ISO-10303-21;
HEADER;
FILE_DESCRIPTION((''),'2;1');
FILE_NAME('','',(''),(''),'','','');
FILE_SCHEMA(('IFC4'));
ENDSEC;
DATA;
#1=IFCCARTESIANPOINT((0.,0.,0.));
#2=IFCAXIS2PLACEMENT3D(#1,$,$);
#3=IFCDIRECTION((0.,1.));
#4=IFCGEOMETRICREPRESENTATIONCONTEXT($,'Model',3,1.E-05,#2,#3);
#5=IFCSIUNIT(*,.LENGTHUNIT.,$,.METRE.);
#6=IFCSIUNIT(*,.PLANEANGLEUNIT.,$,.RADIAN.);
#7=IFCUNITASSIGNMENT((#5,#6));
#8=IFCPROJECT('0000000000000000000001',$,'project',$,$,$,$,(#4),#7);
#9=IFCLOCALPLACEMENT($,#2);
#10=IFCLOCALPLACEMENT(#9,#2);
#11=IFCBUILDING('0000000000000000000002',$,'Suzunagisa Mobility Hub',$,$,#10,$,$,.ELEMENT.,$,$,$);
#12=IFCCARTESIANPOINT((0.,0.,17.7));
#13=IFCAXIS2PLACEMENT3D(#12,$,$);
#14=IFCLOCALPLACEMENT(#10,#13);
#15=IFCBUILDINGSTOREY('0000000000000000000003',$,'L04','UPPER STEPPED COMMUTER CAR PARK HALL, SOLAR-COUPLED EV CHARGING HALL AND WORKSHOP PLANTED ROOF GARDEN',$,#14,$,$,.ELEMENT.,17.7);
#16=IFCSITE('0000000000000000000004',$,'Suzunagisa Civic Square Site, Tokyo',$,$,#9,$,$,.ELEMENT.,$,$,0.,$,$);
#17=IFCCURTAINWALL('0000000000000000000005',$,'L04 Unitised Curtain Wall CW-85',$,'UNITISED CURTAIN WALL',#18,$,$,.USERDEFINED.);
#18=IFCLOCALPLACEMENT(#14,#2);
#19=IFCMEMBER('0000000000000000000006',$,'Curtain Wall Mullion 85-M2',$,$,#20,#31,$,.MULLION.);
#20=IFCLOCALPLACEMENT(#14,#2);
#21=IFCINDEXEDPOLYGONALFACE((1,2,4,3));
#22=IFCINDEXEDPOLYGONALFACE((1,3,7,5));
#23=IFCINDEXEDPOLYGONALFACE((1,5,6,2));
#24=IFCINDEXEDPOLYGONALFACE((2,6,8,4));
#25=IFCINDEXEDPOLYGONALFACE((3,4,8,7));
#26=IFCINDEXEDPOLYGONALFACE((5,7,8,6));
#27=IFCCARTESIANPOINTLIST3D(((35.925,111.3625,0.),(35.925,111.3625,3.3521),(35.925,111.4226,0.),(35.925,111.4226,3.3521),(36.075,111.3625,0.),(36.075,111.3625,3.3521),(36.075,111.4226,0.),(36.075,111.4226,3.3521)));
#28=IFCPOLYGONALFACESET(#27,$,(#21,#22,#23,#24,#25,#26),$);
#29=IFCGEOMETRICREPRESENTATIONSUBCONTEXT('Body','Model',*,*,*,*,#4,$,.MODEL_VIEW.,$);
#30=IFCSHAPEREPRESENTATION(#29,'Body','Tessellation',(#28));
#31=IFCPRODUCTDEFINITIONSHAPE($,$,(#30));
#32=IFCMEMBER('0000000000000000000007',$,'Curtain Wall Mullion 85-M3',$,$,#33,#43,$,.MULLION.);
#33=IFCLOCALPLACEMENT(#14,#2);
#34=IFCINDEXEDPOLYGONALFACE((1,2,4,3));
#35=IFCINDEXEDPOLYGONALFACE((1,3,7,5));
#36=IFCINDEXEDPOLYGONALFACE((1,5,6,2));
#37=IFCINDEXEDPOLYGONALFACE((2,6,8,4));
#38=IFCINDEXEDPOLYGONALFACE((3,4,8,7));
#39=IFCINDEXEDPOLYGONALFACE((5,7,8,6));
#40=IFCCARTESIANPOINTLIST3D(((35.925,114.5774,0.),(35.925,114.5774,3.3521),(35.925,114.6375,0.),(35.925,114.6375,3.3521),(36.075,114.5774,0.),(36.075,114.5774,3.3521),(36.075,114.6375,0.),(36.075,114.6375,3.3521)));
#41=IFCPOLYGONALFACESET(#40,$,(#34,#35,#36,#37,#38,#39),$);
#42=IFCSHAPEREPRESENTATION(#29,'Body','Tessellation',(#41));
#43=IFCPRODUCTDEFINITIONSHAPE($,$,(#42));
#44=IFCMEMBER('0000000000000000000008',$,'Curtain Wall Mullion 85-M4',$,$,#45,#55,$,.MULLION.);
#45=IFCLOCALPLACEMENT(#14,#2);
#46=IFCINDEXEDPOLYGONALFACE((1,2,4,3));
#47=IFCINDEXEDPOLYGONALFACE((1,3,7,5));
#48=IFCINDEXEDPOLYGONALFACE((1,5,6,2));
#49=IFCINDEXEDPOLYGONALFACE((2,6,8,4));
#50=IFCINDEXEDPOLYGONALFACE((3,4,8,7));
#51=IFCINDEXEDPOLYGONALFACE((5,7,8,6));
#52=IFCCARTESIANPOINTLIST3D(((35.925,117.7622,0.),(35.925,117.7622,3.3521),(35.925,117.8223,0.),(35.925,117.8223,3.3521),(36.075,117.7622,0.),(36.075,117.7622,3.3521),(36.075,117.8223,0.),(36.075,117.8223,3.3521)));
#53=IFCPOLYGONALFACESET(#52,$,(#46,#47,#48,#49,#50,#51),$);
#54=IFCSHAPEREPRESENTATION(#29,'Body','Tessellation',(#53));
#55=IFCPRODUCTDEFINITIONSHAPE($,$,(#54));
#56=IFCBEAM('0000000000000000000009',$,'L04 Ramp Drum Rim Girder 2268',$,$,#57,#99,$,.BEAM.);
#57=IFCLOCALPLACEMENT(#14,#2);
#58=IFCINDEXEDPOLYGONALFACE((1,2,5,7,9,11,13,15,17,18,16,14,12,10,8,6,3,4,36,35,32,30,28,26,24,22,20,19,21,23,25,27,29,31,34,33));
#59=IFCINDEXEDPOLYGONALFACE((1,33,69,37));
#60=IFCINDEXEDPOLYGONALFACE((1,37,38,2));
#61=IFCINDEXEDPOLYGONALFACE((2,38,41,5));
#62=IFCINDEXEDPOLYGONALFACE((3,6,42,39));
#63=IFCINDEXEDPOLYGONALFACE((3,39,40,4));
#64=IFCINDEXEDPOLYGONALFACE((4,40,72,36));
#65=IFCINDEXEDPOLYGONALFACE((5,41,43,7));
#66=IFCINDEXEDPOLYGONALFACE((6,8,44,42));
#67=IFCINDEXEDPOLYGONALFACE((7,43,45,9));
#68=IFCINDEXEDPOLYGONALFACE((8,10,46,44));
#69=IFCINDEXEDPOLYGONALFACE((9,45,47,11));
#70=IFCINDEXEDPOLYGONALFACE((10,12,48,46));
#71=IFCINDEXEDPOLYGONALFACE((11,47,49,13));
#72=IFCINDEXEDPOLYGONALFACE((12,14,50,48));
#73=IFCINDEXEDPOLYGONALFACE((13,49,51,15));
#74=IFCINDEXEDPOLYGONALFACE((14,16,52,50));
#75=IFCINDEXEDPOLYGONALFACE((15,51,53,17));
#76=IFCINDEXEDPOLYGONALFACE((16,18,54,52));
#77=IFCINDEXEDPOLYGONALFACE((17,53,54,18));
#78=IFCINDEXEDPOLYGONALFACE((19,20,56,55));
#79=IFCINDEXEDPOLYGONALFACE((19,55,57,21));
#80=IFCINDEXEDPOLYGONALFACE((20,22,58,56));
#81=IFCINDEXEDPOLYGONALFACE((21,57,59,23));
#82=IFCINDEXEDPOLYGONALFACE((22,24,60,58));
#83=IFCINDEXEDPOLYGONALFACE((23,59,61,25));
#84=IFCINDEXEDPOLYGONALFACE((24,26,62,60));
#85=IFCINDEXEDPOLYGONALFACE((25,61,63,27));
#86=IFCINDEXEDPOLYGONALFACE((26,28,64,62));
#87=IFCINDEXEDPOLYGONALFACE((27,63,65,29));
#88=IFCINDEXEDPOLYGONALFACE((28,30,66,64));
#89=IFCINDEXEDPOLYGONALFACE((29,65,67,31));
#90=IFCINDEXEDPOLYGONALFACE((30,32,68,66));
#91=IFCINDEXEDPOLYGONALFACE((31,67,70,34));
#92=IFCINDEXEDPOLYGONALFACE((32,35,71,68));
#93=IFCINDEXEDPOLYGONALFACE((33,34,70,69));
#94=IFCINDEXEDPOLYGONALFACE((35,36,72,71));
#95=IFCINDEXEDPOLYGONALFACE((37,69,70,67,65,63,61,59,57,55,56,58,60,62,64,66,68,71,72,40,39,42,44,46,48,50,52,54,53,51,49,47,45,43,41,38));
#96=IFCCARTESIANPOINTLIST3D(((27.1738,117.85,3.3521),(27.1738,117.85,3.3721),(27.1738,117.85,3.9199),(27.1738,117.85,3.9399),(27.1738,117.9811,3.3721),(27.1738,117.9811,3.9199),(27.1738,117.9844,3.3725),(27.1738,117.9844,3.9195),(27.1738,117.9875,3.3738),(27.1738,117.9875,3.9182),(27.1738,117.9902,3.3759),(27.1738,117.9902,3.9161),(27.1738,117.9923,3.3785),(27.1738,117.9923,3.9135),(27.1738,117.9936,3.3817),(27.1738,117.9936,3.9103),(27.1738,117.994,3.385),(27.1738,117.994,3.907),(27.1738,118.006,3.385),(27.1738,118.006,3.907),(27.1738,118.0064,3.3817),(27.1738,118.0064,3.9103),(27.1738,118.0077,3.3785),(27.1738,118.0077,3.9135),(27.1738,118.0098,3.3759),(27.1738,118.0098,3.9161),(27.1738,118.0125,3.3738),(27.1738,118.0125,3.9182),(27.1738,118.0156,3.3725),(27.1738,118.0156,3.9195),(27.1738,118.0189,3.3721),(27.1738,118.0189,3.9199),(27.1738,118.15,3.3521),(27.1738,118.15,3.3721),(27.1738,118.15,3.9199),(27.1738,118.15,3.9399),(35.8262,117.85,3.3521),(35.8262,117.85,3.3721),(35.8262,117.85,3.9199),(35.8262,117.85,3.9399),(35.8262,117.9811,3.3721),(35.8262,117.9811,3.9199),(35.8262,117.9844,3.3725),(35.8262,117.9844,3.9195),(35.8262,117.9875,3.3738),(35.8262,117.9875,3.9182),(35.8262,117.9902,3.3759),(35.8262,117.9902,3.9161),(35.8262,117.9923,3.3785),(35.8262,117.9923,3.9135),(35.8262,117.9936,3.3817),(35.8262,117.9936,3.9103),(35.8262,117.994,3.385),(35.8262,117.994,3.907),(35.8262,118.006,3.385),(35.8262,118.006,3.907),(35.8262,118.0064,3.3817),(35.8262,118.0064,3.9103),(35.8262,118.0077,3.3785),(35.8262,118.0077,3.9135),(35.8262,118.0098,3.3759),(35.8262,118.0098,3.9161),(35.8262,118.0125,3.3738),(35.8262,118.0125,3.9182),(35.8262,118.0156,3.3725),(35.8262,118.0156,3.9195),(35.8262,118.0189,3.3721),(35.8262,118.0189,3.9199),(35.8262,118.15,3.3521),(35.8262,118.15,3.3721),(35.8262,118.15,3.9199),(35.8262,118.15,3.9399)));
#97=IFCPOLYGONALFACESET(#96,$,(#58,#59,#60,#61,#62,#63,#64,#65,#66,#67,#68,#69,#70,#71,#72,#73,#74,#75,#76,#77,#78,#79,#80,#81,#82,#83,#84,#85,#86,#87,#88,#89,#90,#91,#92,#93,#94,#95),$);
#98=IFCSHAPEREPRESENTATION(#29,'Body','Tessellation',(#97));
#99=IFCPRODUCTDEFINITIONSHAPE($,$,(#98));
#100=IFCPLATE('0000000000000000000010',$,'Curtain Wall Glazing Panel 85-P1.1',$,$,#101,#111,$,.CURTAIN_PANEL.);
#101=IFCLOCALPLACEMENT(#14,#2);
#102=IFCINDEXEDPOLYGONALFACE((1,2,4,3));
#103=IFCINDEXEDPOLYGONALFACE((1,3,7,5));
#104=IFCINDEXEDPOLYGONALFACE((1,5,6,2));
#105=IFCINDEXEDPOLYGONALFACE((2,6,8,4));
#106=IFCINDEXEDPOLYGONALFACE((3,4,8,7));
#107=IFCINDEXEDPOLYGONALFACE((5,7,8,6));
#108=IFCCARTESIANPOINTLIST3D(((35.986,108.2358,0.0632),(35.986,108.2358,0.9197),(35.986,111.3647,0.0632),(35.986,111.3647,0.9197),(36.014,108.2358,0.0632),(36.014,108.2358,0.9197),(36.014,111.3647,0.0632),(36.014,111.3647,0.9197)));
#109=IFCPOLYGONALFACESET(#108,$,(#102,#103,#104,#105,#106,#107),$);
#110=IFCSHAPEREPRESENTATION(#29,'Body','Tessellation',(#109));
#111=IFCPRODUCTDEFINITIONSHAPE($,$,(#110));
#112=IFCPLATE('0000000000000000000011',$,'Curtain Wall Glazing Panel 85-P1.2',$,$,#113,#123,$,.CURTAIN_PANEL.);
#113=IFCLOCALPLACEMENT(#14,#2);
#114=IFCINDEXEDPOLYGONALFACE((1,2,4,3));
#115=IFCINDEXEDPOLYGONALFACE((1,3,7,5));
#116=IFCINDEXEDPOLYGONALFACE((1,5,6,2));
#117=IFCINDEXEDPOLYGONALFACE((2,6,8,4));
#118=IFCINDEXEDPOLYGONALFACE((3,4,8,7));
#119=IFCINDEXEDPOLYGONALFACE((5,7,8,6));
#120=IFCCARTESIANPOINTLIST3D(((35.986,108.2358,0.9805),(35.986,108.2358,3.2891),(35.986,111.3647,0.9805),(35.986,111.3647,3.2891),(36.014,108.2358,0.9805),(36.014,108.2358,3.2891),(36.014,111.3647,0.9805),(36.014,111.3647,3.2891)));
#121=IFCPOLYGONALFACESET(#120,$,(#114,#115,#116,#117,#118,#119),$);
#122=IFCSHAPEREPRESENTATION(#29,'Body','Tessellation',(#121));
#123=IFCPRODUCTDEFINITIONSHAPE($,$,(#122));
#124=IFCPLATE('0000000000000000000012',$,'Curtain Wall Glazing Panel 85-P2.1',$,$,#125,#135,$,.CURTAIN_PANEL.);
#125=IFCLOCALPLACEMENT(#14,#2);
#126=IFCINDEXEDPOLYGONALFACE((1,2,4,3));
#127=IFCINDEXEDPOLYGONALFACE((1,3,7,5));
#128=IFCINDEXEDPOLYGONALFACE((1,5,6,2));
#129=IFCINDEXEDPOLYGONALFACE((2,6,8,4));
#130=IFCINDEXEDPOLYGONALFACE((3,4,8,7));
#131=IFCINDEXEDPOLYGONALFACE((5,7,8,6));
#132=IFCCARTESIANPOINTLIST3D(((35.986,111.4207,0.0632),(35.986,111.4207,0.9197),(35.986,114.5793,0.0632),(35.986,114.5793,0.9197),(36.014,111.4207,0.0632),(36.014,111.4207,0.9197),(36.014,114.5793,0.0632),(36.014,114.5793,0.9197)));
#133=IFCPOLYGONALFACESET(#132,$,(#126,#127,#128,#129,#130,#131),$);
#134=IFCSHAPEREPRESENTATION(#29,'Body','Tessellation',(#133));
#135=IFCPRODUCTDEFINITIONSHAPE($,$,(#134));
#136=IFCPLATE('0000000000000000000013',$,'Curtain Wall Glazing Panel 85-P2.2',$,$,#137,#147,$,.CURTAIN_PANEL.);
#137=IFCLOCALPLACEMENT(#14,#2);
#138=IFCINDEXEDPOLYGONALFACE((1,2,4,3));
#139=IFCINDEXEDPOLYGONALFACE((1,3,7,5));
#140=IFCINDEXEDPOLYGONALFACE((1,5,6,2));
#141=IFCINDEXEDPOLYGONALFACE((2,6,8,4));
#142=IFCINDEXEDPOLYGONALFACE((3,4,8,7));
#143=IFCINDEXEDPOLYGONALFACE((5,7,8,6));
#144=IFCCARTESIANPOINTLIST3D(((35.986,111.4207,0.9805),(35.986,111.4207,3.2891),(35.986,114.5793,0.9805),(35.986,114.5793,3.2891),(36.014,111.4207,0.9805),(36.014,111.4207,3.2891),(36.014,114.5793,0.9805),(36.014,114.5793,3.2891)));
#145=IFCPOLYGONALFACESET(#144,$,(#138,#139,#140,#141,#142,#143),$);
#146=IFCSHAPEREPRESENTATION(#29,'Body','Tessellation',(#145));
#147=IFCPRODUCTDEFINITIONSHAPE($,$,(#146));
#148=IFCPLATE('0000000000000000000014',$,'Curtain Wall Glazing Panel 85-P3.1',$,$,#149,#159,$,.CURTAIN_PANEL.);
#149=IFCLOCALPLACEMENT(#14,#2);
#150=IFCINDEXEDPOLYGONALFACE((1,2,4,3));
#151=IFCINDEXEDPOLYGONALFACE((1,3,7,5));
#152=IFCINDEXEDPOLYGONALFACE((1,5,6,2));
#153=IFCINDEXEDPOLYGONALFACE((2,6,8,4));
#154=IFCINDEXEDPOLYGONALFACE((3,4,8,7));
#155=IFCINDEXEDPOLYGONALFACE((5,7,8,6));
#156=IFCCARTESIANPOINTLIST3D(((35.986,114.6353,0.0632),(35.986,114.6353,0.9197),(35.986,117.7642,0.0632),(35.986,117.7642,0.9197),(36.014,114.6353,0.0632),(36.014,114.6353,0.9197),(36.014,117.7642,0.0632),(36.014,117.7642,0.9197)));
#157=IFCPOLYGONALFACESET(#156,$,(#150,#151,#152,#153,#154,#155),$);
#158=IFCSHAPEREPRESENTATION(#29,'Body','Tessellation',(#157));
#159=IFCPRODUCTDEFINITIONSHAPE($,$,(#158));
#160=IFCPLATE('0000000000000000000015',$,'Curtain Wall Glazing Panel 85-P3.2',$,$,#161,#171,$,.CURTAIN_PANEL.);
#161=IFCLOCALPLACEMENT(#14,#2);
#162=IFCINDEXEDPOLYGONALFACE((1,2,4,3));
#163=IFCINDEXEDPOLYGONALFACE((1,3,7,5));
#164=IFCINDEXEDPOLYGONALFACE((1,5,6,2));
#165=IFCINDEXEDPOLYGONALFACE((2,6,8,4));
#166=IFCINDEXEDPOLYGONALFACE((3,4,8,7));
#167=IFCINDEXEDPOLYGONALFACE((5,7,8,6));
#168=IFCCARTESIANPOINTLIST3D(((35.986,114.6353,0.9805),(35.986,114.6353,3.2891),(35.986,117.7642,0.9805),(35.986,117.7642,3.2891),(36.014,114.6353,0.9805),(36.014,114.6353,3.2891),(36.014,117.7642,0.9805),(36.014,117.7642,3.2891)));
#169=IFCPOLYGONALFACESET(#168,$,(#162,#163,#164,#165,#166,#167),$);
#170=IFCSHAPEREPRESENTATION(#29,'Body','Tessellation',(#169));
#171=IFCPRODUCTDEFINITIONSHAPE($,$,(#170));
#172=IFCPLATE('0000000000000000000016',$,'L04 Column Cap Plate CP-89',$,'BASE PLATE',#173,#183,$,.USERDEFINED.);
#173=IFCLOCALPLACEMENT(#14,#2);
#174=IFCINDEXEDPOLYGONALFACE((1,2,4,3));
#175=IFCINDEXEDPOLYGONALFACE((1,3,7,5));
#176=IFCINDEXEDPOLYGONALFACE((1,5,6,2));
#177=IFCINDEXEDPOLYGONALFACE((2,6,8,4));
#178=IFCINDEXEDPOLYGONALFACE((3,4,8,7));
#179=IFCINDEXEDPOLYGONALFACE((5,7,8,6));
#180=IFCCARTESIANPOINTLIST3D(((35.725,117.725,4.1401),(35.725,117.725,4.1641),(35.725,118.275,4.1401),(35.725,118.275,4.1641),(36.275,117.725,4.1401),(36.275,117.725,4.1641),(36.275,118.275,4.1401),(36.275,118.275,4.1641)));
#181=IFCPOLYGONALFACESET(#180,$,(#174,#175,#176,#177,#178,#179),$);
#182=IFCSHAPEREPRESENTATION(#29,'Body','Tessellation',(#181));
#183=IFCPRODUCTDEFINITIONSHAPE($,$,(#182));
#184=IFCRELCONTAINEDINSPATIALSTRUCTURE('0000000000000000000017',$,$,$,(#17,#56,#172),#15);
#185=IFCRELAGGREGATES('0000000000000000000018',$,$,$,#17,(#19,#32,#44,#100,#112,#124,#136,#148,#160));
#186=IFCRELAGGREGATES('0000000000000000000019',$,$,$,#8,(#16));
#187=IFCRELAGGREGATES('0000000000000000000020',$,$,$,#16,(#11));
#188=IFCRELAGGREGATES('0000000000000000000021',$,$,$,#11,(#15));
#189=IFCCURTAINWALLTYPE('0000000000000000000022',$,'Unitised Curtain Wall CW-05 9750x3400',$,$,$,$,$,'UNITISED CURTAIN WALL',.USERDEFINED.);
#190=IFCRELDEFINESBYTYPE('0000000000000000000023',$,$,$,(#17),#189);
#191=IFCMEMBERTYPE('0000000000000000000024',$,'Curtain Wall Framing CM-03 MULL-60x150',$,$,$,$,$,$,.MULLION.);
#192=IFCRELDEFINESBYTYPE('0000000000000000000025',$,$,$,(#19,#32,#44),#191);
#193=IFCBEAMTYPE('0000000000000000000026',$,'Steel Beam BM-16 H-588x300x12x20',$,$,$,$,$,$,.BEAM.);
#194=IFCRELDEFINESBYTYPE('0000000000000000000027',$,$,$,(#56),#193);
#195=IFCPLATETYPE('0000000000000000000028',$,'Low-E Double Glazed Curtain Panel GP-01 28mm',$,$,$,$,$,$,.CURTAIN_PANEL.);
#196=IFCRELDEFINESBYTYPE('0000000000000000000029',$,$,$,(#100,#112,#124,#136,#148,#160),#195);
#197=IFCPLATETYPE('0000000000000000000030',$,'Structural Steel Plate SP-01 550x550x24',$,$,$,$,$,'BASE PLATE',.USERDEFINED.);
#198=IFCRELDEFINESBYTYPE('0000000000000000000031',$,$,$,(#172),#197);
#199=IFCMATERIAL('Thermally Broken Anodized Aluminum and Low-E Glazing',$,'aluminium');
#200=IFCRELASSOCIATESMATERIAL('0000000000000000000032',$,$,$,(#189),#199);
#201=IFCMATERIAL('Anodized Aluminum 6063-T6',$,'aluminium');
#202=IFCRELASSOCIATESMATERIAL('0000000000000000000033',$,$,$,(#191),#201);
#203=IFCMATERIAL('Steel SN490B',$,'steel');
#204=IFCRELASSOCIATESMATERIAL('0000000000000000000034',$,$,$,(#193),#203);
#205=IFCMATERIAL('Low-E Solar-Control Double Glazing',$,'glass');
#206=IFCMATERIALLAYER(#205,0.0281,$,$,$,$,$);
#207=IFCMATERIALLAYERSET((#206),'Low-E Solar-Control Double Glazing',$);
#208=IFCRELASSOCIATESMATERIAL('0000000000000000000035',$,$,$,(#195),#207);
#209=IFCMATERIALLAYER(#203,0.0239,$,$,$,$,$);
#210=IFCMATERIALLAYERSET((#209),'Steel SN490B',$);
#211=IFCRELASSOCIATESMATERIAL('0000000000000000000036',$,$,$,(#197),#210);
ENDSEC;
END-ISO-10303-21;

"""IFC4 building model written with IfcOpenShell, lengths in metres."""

from ifc_helpers import new_model, si_unit, direction, frame, origin, origin_2d, place, context, subcontext, project, spatial, rectangle, i_section, extrude, material, layer, layer_set, material_profile, profile_set, type_object, element, aggregate, save


model = new_model("IFC4")

# Units and contexts
model_context = context("Model", 3, precision=1e-05, world=origin(), true_north=direction((0.0, 1.0)))
body_context = subcontext(model_context, "Body", "Model", "MODEL_VIEW")
ifc_project = project(units=[si_unit("LENGTHUNIT", "METRE"), si_unit("PLANEANGLEUNIT", "RADIAN")], contexts=[model_context])

# Site, building, storey
site_placement = place(None, origin())
site = spatial("IfcSite", under=ifc_project, at=site_placement, Name="Suzunagisa Civic Square Site, Tokyo", CompositionType="ELEMENT", RefElevation=0.0)
building_placement = place(site_placement, origin())
building = spatial("IfcBuilding", under=site, at=building_placement, Name="Suzunagisa Mobility Hub", CompositionType="ELEMENT")
storey_placement = place(building_placement, frame((0.0, 0.0, 17.7)))
storey = spatial("IfcBuildingStorey", under=building, at=storey_placement, Name="L04", Description="UPPER STEPPED COMMUTER CAR PARK HALL, SOLAR-COUPLED EV CHARGING HALL AND WORKSHOP PLANTED ROOF GARDEN", CompositionType="ELEMENT", Elevation=17.7)

# Shared definitions
ifc_material_1 = material(Name="Steel SN490B", Category="steel")

# Curtain wall, members
ifc_material_2 = material(Name="Thermally Broken Anodized Aluminum and Low-E Glazing", Category="aluminium")
curtain_wall_type = type_object("IfcCurtainWallType", Name="Unitised Curtain Wall CW-05 9750x3400", ElementType="UNITISED CURTAIN WALL", PredefinedType="USERDEFINED", material=ifc_material_2)
curtain_wall_placement = place(storey_placement, origin())
curtain_wall = element("IfcCurtainWall", 1, at=curtain_wall_placement, inside=storey, type_object=curtain_wall_type, Name="L04 Unitised Curtain Wall CW-85", ObjectType="UNITISED CURTAIN WALL", PredefinedType="USERDEFINED")
ifc_material_3 = material(Name="Anodized Aluminum 6063-T6", Category="aluminium")
ifc_material_profile_1 = material_profile(ifc_material_3, rectangle(XDim=0.0601, YDim=0.1499, at=origin_2d()), Name="MULL-60x150")
ifc_profile_set_1 = profile_set([ifc_material_profile_1], Name="Anodized Aluminum 6063-T6")
member_type_1 = type_object("IfcMemberType", Name="Curtain Wall Framing CM-03 MULL-60x150", PredefinedType="MULLION", material=ifc_profile_set_1)
member_1_placement = place(storey_placement, frame((36.0, 111.3926, 0.0), z_axis=(0.0, 0.0, 1.0), x_axis=(0.0, 1.0, 0.0)))
member_1 = element("IfcMember", 2, at=member_1_placement, type_object=member_type_1, Name="Curtain Wall Mullion 85-M2", PredefinedType="MULLION", context=body_context, shape_type="SweptSolid", body=[
    extrude(rectangle(XDim=0.0601, YDim=0.1499, at=origin_2d()), origin(), (0.0, 0.0, 1.0), 3.3521),
])
member_2_placement = place(storey_placement, frame((36.0, 114.6074, 0.0), z_axis=(0.0, 0.0, 1.0), x_axis=(0.0, 1.0, 0.0)))
member_2 = element("IfcMember", 3, at=member_2_placement, type_object=member_type_1, Name="Curtain Wall Mullion 85-M3", PredefinedType="MULLION", context=body_context, shape_type="SweptSolid", body=[
    extrude(rectangle(XDim=0.0601, YDim=0.1499, at=origin_2d()), origin(), (0.0, 0.0, 1.0), 3.3521),
])
member_3_placement = place(storey_placement, frame((36.0, 117.7922, 0.0), z_axis=(0.0, 0.0, 1.0), x_axis=(0.0, 1.0, 0.0)))
member_3 = element("IfcMember", 4, at=member_3_placement, type_object=member_type_1, Name="Curtain Wall Mullion 85-M4", PredefinedType="MULLION", context=body_context, shape_type="SweptSolid", body=[
    extrude(rectangle(XDim=0.0601, YDim=0.1499, at=origin_2d()), origin(), (0.0, 0.0, 1.0), 3.3521),
])

# Beam
ifc_material_profile_2 = material_profile(ifc_material_1, i_section(OverallWidth=0.3, OverallDepth=0.5879, WebThickness=0.012, FlangeThickness=0.02, FilletRadius=0.0129, at=origin_2d()), Name="H-588x300x12x20")
ifc_profile_set_2 = profile_set([ifc_material_profile_2], Name="Steel SN490B")
beam_type = type_object("IfcBeamType", Name="Steel Beam BM-16 H-588x300x12x20", PredefinedType="BEAM", material=ifc_profile_set_2)
beam_placement = place(storey_placement, frame((27.1738, 118.0, 3.646), z_axis=(1.0, 0.0, 0.0), x_axis=(0.0, 1.0, 0.0)))
element("IfcBeam", 5, at=beam_placement, inside=storey, type_object=beam_type, Name="L04 Ramp Drum Rim Girder 2268", PredefinedType="BEAM", context=body_context, shape_type="SweptSolid", body=[
    extrude(i_section(OverallWidth=0.3, OverallDepth=0.5879, WebThickness=0.012, FlangeThickness=0.02, FilletRadius=0.0129, at=origin_2d()), origin(), (0.0, 0.0, 1.0), 8.6523),
])

# Plates
ifc_material_4 = material(Name="Low-E Solar-Control Double Glazing", Category="glass")
ifc_layer_1 = layer(ifc_material_4, 0.0281)
ifc_layer_set_1 = layer_set([ifc_layer_1], Name="Low-E Solar-Control Double Glazing")
plate_type_1 = type_object("IfcPlateType", Name="Low-E Double Glazed Curtain Panel GP-01 28mm", PredefinedType="CURTAIN_PANEL", material=ifc_layer_set_1)
plate_1_placement = place(storey_placement, frame((36.0, 109.8003, 0.0632), z_axis=(0.0, 0.0, 1.0), x_axis=(0.0, 1.0, 0.0)))
plate_1 = element("IfcPlate", 6, at=plate_1_placement, type_object=plate_type_1, Name="Curtain Wall Glazing Panel 85-P1.1", PredefinedType="CURTAIN_PANEL", context=body_context, shape_type="SweptSolid", body=[
    extrude(rectangle(XDim=3.1289, YDim=0.0281, at=origin_2d()), origin(), (0.0, 0.0, 1.0), 0.8564),
])
plate_2_placement = place(storey_placement, frame((36.0, 109.8003, 0.9805), z_axis=(0.0, 0.0, 1.0), x_axis=(0.0, 1.0, 0.0)))
plate_2 = element("IfcPlate", 7, at=plate_2_placement, type_object=plate_type_1, Name="Curtain Wall Glazing Panel 85-P1.2", PredefinedType="CURTAIN_PANEL", context=body_context, shape_type="SweptSolid", body=[
    extrude(rectangle(XDim=3.1289, YDim=0.0281, at=origin_2d()), origin(), (0.0, 0.0, 1.0), 2.3086),
])
plate_3_placement = place(storey_placement, frame((36.0, 113.0, 0.0632), z_axis=(0.0, 0.0, 1.0), x_axis=(0.0, 1.0, 0.0)))
plate_3 = element("IfcPlate", 8, at=plate_3_placement, type_object=plate_type_1, Name="Curtain Wall Glazing Panel 85-P2.1", PredefinedType="CURTAIN_PANEL", context=body_context, shape_type="SweptSolid", body=[
    extrude(rectangle(XDim=3.1587, YDim=0.0281, at=origin_2d()), origin(), (0.0, 0.0, 1.0), 0.8564),
])
plate_4_placement = place(storey_placement, frame((36.0, 113.0, 0.9805), z_axis=(0.0, 0.0, 1.0), x_axis=(0.0, 1.0, 0.0)))
plate_4 = element("IfcPlate", 9, at=plate_4_placement, type_object=plate_type_1, Name="Curtain Wall Glazing Panel 85-P2.2", PredefinedType="CURTAIN_PANEL", context=body_context, shape_type="SweptSolid", body=[
    extrude(rectangle(XDim=3.1587, YDim=0.0281, at=origin_2d()), origin(), (0.0, 0.0, 1.0), 2.3086),
])
plate_5_placement = place(storey_placement, frame((36.0, 116.1997, 0.0632), z_axis=(0.0, 0.0, 1.0), x_axis=(0.0, 1.0, 0.0)))
plate_5 = element("IfcPlate", 10, at=plate_5_placement, type_object=plate_type_1, Name="Curtain Wall Glazing Panel 85-P3.1", PredefinedType="CURTAIN_PANEL", context=body_context, shape_type="SweptSolid", body=[
    extrude(rectangle(XDim=3.1289, YDim=0.0281, at=origin_2d()), origin(), (0.0, 0.0, 1.0), 0.8564),
])
plate_6_placement = place(storey_placement, frame((36.0, 116.1997, 0.9805), z_axis=(0.0, 0.0, 1.0), x_axis=(0.0, 1.0, 0.0)))
plate_6 = element("IfcPlate", 11, at=plate_6_placement, type_object=plate_type_1, Name="Curtain Wall Glazing Panel 85-P3.2", PredefinedType="CURTAIN_PANEL", context=body_context, shape_type="SweptSolid", body=[
    extrude(rectangle(XDim=3.1289, YDim=0.0281, at=origin_2d()), origin(), (0.0, 0.0, 1.0), 2.3086),
])
aggregate(curtain_wall, [member_1, member_2, member_3, plate_1, plate_2, plate_3, plate_4, plate_5, plate_6])
ifc_layer_2 = layer(ifc_material_1, 0.0239)
ifc_layer_set_2 = layer_set([ifc_layer_2], Name="Steel SN490B")
plate_type_2 = type_object("IfcPlateType", Name="Structural Steel Plate SP-01 550x550x24", ElementType="BASE PLATE", PredefinedType="USERDEFINED", material=ifc_layer_set_2)
plate_7_placement = place(storey_placement, frame((36.0, 118.0, 4.1401), z_axis=(0.0, 0.0, 1.0), x_axis=(1.0, 0.0, 0.0)))
element("IfcPlate", 12, at=plate_7_placement, inside=storey, type_object=plate_type_2, Name="L04 Column Cap Plate CP-89", ObjectType="BASE PLATE", PredefinedType="USERDEFINED", context=body_context, shape_type="SweptSolid", body=[
    extrude(rectangle(XDim=0.55, YDim=0.55, at=origin_2d()), origin(), (0.0, 0.0, 1.0), 0.0239),
])

save(model, "model.ifc")
